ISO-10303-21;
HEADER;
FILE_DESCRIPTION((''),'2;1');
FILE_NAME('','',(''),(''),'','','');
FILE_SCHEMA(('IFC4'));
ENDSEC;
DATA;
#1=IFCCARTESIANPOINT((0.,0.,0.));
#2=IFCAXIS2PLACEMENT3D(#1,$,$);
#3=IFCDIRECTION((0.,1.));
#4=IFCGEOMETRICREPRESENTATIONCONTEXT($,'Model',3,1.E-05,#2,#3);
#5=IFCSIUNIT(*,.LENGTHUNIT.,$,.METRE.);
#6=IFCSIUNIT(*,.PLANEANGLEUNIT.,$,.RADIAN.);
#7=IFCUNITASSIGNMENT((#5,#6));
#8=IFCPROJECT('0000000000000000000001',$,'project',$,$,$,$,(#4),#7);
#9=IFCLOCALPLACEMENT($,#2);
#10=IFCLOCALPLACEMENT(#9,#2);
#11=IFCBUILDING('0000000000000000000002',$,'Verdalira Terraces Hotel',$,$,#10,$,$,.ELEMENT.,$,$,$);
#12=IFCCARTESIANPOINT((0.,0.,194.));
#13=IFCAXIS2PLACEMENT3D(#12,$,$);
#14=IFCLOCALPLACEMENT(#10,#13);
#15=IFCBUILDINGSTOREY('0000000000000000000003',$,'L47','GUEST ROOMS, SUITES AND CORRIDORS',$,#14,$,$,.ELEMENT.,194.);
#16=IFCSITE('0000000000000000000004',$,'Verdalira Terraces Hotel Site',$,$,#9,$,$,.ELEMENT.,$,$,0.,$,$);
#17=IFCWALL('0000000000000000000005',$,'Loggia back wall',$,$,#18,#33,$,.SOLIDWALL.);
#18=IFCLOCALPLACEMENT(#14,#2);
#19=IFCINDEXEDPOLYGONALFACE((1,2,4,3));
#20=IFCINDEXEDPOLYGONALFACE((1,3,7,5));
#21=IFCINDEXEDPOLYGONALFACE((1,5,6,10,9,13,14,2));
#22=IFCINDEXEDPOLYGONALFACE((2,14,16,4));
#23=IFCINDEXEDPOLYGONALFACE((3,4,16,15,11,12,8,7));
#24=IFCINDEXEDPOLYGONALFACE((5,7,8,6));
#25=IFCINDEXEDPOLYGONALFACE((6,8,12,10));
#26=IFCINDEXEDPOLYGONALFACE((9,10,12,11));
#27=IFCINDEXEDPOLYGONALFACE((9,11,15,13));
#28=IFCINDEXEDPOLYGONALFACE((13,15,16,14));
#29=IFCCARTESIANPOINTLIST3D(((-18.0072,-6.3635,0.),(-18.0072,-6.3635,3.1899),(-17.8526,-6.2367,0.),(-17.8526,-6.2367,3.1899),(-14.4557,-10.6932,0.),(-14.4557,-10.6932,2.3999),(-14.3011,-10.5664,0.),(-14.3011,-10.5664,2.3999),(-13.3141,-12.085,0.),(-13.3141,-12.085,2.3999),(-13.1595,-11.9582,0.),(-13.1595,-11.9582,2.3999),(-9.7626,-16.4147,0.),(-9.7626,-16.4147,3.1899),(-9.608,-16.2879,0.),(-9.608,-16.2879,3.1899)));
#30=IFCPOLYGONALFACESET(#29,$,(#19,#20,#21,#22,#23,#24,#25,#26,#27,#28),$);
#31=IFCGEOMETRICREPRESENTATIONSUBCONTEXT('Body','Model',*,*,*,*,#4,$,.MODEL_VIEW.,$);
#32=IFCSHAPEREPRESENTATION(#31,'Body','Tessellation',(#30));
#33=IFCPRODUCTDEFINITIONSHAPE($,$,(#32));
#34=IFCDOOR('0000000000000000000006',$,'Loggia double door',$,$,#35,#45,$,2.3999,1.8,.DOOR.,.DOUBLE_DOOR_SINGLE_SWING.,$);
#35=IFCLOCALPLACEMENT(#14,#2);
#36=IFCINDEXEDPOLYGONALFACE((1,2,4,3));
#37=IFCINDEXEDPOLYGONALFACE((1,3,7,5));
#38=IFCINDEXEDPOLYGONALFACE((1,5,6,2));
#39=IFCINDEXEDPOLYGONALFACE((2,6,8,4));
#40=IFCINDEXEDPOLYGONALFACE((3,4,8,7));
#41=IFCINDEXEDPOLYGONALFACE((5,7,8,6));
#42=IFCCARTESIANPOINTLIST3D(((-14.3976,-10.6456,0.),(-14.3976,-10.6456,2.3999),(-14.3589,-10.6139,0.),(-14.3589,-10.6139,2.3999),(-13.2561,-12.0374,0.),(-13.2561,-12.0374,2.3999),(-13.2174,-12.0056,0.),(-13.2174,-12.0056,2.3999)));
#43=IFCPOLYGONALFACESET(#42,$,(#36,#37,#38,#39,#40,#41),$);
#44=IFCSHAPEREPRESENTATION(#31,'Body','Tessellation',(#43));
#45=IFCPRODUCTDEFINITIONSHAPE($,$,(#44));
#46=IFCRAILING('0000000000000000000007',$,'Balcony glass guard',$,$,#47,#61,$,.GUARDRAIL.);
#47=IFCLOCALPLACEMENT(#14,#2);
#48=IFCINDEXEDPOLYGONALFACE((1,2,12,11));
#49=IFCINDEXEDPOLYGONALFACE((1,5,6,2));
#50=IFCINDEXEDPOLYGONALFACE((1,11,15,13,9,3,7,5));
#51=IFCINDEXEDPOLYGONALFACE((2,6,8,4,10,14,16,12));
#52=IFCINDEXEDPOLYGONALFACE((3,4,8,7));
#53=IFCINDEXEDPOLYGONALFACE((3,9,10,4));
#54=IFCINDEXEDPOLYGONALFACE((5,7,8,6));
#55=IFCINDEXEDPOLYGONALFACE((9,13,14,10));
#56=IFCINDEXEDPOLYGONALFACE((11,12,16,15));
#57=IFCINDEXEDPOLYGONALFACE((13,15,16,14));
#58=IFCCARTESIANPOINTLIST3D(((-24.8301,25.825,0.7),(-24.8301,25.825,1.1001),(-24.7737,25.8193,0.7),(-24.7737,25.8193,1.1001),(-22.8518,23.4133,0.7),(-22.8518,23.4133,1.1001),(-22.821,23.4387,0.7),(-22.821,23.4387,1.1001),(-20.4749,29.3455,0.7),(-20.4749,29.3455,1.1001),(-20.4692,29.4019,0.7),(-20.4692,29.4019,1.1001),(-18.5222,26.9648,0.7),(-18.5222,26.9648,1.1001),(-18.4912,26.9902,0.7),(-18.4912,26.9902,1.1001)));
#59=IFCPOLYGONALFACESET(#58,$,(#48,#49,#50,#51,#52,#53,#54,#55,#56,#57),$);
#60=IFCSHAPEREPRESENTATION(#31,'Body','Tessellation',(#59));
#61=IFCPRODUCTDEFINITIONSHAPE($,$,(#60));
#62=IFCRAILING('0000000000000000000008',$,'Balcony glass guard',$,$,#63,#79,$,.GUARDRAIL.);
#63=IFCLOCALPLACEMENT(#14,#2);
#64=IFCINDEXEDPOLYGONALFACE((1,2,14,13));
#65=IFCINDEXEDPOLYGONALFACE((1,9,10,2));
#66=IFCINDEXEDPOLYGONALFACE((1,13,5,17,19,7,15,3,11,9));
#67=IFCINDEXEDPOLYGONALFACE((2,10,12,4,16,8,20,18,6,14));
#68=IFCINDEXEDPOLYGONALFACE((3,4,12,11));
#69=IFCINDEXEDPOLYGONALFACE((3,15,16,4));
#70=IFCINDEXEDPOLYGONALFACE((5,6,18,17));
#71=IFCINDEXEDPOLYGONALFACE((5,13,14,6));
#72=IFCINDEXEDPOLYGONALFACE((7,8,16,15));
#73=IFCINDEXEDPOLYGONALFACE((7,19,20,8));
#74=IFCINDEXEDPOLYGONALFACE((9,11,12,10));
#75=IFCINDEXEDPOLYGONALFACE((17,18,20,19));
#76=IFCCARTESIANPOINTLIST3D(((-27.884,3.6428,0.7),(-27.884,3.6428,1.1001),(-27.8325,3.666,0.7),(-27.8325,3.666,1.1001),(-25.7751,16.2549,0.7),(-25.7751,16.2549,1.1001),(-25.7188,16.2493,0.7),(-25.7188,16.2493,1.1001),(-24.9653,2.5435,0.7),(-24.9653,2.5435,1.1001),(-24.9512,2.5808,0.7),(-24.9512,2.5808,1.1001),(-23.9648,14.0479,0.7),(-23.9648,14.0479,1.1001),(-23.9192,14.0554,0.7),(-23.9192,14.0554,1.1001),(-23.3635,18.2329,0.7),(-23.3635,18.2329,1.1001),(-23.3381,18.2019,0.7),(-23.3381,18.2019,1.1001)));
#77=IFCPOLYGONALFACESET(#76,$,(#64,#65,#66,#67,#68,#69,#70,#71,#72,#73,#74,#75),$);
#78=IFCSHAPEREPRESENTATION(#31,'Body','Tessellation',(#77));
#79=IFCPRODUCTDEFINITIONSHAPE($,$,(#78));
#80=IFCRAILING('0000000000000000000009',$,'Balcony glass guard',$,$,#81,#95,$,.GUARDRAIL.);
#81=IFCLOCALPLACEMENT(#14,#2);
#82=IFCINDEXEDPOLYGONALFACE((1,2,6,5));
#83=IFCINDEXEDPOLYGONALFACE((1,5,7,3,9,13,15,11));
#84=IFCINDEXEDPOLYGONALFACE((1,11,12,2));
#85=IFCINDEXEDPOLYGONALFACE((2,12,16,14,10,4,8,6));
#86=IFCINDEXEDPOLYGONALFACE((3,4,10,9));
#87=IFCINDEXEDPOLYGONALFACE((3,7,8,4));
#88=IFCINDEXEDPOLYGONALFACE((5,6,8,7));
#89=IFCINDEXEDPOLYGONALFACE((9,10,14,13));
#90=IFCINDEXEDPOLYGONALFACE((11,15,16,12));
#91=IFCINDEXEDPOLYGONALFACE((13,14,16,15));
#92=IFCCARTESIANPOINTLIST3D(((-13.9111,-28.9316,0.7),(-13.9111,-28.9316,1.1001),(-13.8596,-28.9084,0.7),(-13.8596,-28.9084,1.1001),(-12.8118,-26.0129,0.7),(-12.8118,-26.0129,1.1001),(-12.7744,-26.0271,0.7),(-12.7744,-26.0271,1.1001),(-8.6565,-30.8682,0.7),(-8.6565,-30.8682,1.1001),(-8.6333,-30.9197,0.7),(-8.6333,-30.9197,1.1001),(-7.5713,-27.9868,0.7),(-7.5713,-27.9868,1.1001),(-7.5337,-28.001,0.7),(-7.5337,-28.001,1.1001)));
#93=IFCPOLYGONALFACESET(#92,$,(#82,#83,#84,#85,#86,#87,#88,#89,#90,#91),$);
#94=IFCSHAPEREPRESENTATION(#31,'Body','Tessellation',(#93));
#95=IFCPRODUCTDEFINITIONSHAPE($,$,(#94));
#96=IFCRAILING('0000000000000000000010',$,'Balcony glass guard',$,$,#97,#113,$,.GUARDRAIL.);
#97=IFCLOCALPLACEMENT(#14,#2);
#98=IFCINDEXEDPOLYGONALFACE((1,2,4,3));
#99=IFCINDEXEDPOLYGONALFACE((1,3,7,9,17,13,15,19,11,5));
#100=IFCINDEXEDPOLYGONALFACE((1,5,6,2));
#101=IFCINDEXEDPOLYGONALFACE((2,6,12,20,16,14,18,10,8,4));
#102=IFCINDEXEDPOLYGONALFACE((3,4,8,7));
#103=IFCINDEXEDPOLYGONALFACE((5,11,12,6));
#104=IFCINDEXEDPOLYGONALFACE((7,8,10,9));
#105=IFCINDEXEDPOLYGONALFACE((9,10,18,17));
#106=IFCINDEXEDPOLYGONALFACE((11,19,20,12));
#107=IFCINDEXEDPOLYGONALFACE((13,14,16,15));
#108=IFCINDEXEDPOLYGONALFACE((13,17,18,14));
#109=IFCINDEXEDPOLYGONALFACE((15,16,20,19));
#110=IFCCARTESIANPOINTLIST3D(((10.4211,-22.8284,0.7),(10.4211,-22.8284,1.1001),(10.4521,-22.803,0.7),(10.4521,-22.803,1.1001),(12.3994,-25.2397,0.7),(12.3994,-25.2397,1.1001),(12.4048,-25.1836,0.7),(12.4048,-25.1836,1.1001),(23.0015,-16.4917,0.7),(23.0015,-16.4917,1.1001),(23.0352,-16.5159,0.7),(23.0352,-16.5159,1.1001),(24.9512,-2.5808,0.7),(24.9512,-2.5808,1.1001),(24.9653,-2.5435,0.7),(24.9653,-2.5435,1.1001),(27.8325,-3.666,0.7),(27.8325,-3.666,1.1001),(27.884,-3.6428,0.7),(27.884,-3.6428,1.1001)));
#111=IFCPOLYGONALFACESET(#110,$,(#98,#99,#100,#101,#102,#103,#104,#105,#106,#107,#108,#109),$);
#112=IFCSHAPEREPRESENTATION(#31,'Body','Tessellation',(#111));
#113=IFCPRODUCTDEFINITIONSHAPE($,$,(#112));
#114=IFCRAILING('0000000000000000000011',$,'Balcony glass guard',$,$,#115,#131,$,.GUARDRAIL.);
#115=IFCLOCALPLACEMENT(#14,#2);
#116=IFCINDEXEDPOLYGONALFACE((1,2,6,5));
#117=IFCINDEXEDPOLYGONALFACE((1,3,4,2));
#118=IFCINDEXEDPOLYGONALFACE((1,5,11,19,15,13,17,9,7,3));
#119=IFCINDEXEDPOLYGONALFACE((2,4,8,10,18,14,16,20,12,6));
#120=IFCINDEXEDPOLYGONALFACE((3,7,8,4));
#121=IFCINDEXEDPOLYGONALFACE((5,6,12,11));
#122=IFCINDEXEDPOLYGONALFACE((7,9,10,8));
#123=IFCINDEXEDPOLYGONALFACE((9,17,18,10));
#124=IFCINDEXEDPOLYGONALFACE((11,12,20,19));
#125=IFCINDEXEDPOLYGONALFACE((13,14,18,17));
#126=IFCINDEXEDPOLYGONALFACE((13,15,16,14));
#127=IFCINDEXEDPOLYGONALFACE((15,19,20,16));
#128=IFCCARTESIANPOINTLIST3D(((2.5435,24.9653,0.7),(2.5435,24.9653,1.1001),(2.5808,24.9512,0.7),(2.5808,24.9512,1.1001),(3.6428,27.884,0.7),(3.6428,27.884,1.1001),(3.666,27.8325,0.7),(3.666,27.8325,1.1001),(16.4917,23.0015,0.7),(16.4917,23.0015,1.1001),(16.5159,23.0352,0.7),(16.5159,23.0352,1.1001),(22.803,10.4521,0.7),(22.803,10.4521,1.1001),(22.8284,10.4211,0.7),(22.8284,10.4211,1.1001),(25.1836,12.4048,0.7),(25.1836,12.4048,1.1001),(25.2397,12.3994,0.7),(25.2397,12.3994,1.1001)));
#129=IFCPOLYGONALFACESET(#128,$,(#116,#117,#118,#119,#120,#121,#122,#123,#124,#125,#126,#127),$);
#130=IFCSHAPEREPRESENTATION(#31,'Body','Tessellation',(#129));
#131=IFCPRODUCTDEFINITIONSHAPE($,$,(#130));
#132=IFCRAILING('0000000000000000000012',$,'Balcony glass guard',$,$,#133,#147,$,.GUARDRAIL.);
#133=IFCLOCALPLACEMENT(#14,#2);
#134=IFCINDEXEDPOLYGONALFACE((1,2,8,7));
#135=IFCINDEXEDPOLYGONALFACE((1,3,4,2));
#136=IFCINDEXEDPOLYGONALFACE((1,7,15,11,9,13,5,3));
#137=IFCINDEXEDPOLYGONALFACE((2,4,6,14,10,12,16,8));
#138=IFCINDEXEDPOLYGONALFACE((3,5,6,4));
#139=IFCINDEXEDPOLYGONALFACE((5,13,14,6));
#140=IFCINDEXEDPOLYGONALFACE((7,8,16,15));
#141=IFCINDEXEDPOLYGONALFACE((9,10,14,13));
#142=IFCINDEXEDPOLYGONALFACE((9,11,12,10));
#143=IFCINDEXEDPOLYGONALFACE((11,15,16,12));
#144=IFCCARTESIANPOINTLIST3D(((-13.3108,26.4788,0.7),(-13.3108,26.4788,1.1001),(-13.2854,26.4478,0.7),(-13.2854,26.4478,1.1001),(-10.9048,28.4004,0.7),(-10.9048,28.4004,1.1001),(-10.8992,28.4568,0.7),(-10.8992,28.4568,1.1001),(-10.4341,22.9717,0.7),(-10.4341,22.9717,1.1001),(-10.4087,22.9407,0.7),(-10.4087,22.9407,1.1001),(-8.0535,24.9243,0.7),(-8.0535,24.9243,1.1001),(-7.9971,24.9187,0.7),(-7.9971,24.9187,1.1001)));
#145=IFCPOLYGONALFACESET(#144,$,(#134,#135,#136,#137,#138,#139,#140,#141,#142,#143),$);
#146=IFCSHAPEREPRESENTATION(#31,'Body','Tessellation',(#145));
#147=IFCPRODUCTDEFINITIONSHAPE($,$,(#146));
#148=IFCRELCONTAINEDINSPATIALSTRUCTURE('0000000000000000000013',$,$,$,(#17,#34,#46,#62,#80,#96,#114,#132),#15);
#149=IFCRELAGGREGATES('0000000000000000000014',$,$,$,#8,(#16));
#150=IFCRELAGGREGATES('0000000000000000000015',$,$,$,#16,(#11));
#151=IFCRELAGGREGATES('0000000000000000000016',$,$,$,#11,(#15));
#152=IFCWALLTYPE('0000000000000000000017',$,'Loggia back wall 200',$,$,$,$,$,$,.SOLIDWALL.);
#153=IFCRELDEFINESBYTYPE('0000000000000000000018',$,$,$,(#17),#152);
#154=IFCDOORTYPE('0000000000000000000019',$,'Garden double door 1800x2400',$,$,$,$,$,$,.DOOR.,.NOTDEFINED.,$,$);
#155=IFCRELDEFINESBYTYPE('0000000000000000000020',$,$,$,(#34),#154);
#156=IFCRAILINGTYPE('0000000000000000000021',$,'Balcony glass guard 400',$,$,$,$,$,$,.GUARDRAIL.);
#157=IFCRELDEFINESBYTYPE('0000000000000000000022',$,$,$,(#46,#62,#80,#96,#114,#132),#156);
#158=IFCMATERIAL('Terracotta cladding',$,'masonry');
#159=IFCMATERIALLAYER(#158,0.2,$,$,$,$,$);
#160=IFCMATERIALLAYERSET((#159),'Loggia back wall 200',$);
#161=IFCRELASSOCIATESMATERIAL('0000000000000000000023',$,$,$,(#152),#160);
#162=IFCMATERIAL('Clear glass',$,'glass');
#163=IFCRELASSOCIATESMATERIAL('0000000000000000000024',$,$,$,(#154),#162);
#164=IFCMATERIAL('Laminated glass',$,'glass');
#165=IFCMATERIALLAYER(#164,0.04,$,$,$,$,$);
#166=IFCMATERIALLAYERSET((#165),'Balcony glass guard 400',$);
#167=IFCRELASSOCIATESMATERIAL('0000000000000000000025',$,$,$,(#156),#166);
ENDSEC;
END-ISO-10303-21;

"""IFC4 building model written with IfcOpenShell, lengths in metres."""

from ifc_helpers import new_model, si_unit, direction, frame, frame_2d, origin, place, context, subcontext, project, spatial, polyline, rectangle, outline, extrude, material, layer, layer_set, type_object, element, fill, save


model = new_model("IFC4")

# Units and contexts
model_context = context("Model", 3, precision=1e-05, world=origin(), true_north=direction((0.0, 1.0)))
body_context = subcontext(model_context, "Body", "Model", "MODEL_VIEW")
ifc_project = project(units=[si_unit("LENGTHUNIT", "METRE"), si_unit("PLANEANGLEUNIT", "RADIAN")], contexts=[model_context])

# Site, building, storey
site_placement = place(None, origin())
site = spatial("IfcSite", under=ifc_project, at=site_placement, Name="Verdalira Terraces Hotel Site", CompositionType="ELEMENT", RefElevation=0.0)
building_placement = place(site_placement, origin())
building = spatial("IfcBuilding", under=site, at=building_placement, Name="Verdalira Terraces Hotel", CompositionType="ELEMENT")
storey_placement = place(building_placement, frame((0.0, 0.0, 194.0)))
storey = spatial("IfcBuildingStorey", under=building, at=storey_placement, Name="L47", Description="GUEST ROOMS, SUITES AND CORRIDORS", CompositionType="ELEMENT", Elevation=194.0)

# Wall, opening, door
ifc_material_1 = material(Name="Terracotta cladding", Category="masonry")
ifc_layer_1 = layer(ifc_material_1, 0.2)
ifc_layer_set_1 = layer_set([ifc_layer_1], Name="Loggia back wall 200")
wall_type_1 = type_object("IfcWallType", Name="Loggia back wall 200", PredefinedType="SOLIDWALL", material=ifc_layer_set_1)
wall_1_placement = place(storey_placement, frame((-9.6853, -16.3513, 0.0), z_axis=(0.0, 0.0, 1.0), x_axis=(-0.634199, 0.77317, 0.0)))
wall_1 = element("IfcWall", 1, at=wall_1_placement, inside=storey, type_object=wall_type_1, Name="Loggia back wall", PredefinedType="SOLIDWALL", context=body_context, shape_type="SweptSolid", body=[
    extrude(rectangle(XDim=13.0, YDim=0.2, at=frame_2d((6.5, 0.0))), origin(), (0.0, 0.0, 1.0), 3.1899),
])
opening_1_placement = place(wall_1_placement, frame((5.6001, 0.0, 0.0)))
opening_1 = element("IfcOpeningElement", 2, at=opening_1_placement, cuts=wall_1, PredefinedType="OPENING", context=body_context, shape_type="SweptSolid", body=[
    extrude(rectangle(XDim=1.8, YDim=2.3999, at=frame_2d((0.8999, 1.2))), frame((0.0, 0.1099, 0.0), z_axis=(0.0, -1.0, 0.0), x_axis=(1.0, 0.0, 0.0)), (0.0, 0.0, 1.0), 0.22),
])
ifc_material_2 = material(Name="Clear glass", Category="glass")
door_type_1 = type_object("IfcDoorType", Name="Garden double door 1800x2400", OperationType="NOTDEFINED", PredefinedType="DOOR", material=ifc_material_2)
door_1_placement = place(opening_1_placement, origin())
door_1 = element("IfcDoor", 3, at=door_1_placement, inside=storey, type_object=door_type_1, Name="Loggia double door", OperationType="DOUBLE_DOOR_SINGLE_SWING", OverallHeight=2.3999, OverallWidth=1.8, PredefinedType="DOOR", context=body_context, shape_type="SweptSolid", body=[
    extrude(rectangle(XDim=1.8, YDim=2.3999, at=frame_2d((0.8999, 1.2))), frame((0.0, 0.0249, 0.0), z_axis=(0.0, -1.0, 0.0), x_axis=(1.0, 0.0, 0.0)), (0.0, 0.0, 1.0), 0.05),
])
fill(opening_1, door_1)

# Railings
ifc_material_3 = material(Name="Laminated glass", Category="glass")
ifc_layer_2 = layer(ifc_material_3, 0.04)
ifc_layer_set_2 = layer_set([ifc_layer_2], Name="Balcony glass guard 400")
railing_type_1 = type_object("IfcRailingType", Name="Balcony glass guard 400", PredefinedType="GUARDRAIL", material=ifc_layer_set_2)
railing_1_placement = place(storey_placement, frame((0.0, 0.0, 0.7)))
element("IfcRailing", 4, at=railing_1_placement, inside=storey, type_object=railing_type_1, Name="Balcony glass guard", PredefinedType="GUARDRAIL", context=body_context, shape_type="SweptSolid", body=[
    extrude(outline(polyline([(-20.4749, 29.3455), (-24.7737, 25.8193), (-22.821, 23.4387), (-22.8518, 23.4133), (-24.8301, 25.825), (-20.4692, 29.4019), (-18.4912, 26.9902), (-18.5222, 26.9648), (-20.4749, 29.3455)])), origin(), (0.0, 0.0, 1.0), 0.4001),
])
railing_2_placement = place(storey_placement, frame((0.0, 0.0, 0.7)))
element("IfcRailing", 5, at=railing_2_placement, inside=storey, type_object=railing_type_1, Name="Balcony glass guard", PredefinedType="GUARDRAIL", context=body_context, shape_type="SweptSolid", body=[
    extrude(outline(polyline([(-25.7188, 16.2493), (-23.9192, 14.0554), (-27.8325, 3.666), (-24.9512, 2.5808), (-24.9653, 2.5435), (-27.884, 3.6428), (-23.9648, 14.0479), (-25.7751, 16.2549), (-23.3635, 18.2329), (-23.3381, 18.2019), (-25.7188, 16.2493)])), origin(), (0.0, 0.0, 1.0), 0.4001),
])
railing_3_placement = place(storey_placement, frame((0.0, 0.0, 0.7)))
element("IfcRailing", 6, at=railing_3_placement, inside=storey, type_object=railing_type_1, Name="Balcony glass guard", PredefinedType="GUARDRAIL", context=body_context, shape_type="SweptSolid", body=[
    extrude(outline(polyline([(-13.8596, -28.9084), (-8.6565, -30.8682), (-7.5713, -27.9868), (-7.5337, -28.001), (-8.6333, -30.9197), (-13.9111, -28.9316), (-12.8118, -26.0129), (-12.7744, -26.0271), (-13.8596, -28.9084)])), origin(), (0.0, 0.0, 1.0), 0.4001),
])
railing_4_placement = place(storey_placement, frame((0.0, 0.0, 0.7)))
element("IfcRailing", 7, at=railing_4_placement, inside=storey, type_object=railing_type_1, Name="Balcony glass guard", PredefinedType="GUARDRAIL", context=body_context, shape_type="SweptSolid", body=[
    extrude(outline(polyline([(12.4048, -25.1836), (23.0015, -16.4917), (27.8325, -3.666), (24.9512, -2.5808), (24.9653, -2.5435), (27.884, -3.6428), (23.0352, -16.5159), (12.3994, -25.2397), (10.4211, -22.8284), (10.4521, -22.803), (12.4048, -25.1836)])), origin(), (0.0, 0.0, 1.0), 0.4001),
])
railing_5_placement = place(storey_placement, frame((0.0, 0.0, 0.7)))
element("IfcRailing", 8, at=railing_5_placement, inside=storey, type_object=railing_type_1, Name="Balcony glass guard", PredefinedType="GUARDRAIL", context=body_context, shape_type="SweptSolid", body=[
    extrude(outline(polyline([(25.1836, 12.4048), (16.4917, 23.0015), (3.666, 27.8325), (2.5808, 24.9512), (2.5435, 24.9653), (3.6428, 27.884), (16.5159, 23.0352), (25.2397, 12.3994), (22.8284, 10.4211), (22.803, 10.4521), (25.1836, 12.4048)])), origin(), (0.0, 0.0, 1.0), 0.4001),
])
railing_6_placement = place(storey_placement, frame((0.0, 0.0, 0.7)))
element("IfcRailing", 9, at=railing_6_placement, inside=storey, type_object=railing_type_1, Name="Balcony glass guard", PredefinedType="GUARDRAIL", context=body_context, shape_type="SweptSolid", body=[
    extrude(outline(polyline([(-8.0535, 24.9243), (-10.9048, 28.4004), (-13.2854, 26.4478), (-13.3108, 26.4788), (-10.8992, 28.4568), (-7.9971, 24.9187), (-10.4087, 22.9407), (-10.4341, 22.9717), (-8.0535, 24.9243)])), origin(), (0.0, 0.0, 1.0), 0.4001),
])

save(model, "model.ifc")
